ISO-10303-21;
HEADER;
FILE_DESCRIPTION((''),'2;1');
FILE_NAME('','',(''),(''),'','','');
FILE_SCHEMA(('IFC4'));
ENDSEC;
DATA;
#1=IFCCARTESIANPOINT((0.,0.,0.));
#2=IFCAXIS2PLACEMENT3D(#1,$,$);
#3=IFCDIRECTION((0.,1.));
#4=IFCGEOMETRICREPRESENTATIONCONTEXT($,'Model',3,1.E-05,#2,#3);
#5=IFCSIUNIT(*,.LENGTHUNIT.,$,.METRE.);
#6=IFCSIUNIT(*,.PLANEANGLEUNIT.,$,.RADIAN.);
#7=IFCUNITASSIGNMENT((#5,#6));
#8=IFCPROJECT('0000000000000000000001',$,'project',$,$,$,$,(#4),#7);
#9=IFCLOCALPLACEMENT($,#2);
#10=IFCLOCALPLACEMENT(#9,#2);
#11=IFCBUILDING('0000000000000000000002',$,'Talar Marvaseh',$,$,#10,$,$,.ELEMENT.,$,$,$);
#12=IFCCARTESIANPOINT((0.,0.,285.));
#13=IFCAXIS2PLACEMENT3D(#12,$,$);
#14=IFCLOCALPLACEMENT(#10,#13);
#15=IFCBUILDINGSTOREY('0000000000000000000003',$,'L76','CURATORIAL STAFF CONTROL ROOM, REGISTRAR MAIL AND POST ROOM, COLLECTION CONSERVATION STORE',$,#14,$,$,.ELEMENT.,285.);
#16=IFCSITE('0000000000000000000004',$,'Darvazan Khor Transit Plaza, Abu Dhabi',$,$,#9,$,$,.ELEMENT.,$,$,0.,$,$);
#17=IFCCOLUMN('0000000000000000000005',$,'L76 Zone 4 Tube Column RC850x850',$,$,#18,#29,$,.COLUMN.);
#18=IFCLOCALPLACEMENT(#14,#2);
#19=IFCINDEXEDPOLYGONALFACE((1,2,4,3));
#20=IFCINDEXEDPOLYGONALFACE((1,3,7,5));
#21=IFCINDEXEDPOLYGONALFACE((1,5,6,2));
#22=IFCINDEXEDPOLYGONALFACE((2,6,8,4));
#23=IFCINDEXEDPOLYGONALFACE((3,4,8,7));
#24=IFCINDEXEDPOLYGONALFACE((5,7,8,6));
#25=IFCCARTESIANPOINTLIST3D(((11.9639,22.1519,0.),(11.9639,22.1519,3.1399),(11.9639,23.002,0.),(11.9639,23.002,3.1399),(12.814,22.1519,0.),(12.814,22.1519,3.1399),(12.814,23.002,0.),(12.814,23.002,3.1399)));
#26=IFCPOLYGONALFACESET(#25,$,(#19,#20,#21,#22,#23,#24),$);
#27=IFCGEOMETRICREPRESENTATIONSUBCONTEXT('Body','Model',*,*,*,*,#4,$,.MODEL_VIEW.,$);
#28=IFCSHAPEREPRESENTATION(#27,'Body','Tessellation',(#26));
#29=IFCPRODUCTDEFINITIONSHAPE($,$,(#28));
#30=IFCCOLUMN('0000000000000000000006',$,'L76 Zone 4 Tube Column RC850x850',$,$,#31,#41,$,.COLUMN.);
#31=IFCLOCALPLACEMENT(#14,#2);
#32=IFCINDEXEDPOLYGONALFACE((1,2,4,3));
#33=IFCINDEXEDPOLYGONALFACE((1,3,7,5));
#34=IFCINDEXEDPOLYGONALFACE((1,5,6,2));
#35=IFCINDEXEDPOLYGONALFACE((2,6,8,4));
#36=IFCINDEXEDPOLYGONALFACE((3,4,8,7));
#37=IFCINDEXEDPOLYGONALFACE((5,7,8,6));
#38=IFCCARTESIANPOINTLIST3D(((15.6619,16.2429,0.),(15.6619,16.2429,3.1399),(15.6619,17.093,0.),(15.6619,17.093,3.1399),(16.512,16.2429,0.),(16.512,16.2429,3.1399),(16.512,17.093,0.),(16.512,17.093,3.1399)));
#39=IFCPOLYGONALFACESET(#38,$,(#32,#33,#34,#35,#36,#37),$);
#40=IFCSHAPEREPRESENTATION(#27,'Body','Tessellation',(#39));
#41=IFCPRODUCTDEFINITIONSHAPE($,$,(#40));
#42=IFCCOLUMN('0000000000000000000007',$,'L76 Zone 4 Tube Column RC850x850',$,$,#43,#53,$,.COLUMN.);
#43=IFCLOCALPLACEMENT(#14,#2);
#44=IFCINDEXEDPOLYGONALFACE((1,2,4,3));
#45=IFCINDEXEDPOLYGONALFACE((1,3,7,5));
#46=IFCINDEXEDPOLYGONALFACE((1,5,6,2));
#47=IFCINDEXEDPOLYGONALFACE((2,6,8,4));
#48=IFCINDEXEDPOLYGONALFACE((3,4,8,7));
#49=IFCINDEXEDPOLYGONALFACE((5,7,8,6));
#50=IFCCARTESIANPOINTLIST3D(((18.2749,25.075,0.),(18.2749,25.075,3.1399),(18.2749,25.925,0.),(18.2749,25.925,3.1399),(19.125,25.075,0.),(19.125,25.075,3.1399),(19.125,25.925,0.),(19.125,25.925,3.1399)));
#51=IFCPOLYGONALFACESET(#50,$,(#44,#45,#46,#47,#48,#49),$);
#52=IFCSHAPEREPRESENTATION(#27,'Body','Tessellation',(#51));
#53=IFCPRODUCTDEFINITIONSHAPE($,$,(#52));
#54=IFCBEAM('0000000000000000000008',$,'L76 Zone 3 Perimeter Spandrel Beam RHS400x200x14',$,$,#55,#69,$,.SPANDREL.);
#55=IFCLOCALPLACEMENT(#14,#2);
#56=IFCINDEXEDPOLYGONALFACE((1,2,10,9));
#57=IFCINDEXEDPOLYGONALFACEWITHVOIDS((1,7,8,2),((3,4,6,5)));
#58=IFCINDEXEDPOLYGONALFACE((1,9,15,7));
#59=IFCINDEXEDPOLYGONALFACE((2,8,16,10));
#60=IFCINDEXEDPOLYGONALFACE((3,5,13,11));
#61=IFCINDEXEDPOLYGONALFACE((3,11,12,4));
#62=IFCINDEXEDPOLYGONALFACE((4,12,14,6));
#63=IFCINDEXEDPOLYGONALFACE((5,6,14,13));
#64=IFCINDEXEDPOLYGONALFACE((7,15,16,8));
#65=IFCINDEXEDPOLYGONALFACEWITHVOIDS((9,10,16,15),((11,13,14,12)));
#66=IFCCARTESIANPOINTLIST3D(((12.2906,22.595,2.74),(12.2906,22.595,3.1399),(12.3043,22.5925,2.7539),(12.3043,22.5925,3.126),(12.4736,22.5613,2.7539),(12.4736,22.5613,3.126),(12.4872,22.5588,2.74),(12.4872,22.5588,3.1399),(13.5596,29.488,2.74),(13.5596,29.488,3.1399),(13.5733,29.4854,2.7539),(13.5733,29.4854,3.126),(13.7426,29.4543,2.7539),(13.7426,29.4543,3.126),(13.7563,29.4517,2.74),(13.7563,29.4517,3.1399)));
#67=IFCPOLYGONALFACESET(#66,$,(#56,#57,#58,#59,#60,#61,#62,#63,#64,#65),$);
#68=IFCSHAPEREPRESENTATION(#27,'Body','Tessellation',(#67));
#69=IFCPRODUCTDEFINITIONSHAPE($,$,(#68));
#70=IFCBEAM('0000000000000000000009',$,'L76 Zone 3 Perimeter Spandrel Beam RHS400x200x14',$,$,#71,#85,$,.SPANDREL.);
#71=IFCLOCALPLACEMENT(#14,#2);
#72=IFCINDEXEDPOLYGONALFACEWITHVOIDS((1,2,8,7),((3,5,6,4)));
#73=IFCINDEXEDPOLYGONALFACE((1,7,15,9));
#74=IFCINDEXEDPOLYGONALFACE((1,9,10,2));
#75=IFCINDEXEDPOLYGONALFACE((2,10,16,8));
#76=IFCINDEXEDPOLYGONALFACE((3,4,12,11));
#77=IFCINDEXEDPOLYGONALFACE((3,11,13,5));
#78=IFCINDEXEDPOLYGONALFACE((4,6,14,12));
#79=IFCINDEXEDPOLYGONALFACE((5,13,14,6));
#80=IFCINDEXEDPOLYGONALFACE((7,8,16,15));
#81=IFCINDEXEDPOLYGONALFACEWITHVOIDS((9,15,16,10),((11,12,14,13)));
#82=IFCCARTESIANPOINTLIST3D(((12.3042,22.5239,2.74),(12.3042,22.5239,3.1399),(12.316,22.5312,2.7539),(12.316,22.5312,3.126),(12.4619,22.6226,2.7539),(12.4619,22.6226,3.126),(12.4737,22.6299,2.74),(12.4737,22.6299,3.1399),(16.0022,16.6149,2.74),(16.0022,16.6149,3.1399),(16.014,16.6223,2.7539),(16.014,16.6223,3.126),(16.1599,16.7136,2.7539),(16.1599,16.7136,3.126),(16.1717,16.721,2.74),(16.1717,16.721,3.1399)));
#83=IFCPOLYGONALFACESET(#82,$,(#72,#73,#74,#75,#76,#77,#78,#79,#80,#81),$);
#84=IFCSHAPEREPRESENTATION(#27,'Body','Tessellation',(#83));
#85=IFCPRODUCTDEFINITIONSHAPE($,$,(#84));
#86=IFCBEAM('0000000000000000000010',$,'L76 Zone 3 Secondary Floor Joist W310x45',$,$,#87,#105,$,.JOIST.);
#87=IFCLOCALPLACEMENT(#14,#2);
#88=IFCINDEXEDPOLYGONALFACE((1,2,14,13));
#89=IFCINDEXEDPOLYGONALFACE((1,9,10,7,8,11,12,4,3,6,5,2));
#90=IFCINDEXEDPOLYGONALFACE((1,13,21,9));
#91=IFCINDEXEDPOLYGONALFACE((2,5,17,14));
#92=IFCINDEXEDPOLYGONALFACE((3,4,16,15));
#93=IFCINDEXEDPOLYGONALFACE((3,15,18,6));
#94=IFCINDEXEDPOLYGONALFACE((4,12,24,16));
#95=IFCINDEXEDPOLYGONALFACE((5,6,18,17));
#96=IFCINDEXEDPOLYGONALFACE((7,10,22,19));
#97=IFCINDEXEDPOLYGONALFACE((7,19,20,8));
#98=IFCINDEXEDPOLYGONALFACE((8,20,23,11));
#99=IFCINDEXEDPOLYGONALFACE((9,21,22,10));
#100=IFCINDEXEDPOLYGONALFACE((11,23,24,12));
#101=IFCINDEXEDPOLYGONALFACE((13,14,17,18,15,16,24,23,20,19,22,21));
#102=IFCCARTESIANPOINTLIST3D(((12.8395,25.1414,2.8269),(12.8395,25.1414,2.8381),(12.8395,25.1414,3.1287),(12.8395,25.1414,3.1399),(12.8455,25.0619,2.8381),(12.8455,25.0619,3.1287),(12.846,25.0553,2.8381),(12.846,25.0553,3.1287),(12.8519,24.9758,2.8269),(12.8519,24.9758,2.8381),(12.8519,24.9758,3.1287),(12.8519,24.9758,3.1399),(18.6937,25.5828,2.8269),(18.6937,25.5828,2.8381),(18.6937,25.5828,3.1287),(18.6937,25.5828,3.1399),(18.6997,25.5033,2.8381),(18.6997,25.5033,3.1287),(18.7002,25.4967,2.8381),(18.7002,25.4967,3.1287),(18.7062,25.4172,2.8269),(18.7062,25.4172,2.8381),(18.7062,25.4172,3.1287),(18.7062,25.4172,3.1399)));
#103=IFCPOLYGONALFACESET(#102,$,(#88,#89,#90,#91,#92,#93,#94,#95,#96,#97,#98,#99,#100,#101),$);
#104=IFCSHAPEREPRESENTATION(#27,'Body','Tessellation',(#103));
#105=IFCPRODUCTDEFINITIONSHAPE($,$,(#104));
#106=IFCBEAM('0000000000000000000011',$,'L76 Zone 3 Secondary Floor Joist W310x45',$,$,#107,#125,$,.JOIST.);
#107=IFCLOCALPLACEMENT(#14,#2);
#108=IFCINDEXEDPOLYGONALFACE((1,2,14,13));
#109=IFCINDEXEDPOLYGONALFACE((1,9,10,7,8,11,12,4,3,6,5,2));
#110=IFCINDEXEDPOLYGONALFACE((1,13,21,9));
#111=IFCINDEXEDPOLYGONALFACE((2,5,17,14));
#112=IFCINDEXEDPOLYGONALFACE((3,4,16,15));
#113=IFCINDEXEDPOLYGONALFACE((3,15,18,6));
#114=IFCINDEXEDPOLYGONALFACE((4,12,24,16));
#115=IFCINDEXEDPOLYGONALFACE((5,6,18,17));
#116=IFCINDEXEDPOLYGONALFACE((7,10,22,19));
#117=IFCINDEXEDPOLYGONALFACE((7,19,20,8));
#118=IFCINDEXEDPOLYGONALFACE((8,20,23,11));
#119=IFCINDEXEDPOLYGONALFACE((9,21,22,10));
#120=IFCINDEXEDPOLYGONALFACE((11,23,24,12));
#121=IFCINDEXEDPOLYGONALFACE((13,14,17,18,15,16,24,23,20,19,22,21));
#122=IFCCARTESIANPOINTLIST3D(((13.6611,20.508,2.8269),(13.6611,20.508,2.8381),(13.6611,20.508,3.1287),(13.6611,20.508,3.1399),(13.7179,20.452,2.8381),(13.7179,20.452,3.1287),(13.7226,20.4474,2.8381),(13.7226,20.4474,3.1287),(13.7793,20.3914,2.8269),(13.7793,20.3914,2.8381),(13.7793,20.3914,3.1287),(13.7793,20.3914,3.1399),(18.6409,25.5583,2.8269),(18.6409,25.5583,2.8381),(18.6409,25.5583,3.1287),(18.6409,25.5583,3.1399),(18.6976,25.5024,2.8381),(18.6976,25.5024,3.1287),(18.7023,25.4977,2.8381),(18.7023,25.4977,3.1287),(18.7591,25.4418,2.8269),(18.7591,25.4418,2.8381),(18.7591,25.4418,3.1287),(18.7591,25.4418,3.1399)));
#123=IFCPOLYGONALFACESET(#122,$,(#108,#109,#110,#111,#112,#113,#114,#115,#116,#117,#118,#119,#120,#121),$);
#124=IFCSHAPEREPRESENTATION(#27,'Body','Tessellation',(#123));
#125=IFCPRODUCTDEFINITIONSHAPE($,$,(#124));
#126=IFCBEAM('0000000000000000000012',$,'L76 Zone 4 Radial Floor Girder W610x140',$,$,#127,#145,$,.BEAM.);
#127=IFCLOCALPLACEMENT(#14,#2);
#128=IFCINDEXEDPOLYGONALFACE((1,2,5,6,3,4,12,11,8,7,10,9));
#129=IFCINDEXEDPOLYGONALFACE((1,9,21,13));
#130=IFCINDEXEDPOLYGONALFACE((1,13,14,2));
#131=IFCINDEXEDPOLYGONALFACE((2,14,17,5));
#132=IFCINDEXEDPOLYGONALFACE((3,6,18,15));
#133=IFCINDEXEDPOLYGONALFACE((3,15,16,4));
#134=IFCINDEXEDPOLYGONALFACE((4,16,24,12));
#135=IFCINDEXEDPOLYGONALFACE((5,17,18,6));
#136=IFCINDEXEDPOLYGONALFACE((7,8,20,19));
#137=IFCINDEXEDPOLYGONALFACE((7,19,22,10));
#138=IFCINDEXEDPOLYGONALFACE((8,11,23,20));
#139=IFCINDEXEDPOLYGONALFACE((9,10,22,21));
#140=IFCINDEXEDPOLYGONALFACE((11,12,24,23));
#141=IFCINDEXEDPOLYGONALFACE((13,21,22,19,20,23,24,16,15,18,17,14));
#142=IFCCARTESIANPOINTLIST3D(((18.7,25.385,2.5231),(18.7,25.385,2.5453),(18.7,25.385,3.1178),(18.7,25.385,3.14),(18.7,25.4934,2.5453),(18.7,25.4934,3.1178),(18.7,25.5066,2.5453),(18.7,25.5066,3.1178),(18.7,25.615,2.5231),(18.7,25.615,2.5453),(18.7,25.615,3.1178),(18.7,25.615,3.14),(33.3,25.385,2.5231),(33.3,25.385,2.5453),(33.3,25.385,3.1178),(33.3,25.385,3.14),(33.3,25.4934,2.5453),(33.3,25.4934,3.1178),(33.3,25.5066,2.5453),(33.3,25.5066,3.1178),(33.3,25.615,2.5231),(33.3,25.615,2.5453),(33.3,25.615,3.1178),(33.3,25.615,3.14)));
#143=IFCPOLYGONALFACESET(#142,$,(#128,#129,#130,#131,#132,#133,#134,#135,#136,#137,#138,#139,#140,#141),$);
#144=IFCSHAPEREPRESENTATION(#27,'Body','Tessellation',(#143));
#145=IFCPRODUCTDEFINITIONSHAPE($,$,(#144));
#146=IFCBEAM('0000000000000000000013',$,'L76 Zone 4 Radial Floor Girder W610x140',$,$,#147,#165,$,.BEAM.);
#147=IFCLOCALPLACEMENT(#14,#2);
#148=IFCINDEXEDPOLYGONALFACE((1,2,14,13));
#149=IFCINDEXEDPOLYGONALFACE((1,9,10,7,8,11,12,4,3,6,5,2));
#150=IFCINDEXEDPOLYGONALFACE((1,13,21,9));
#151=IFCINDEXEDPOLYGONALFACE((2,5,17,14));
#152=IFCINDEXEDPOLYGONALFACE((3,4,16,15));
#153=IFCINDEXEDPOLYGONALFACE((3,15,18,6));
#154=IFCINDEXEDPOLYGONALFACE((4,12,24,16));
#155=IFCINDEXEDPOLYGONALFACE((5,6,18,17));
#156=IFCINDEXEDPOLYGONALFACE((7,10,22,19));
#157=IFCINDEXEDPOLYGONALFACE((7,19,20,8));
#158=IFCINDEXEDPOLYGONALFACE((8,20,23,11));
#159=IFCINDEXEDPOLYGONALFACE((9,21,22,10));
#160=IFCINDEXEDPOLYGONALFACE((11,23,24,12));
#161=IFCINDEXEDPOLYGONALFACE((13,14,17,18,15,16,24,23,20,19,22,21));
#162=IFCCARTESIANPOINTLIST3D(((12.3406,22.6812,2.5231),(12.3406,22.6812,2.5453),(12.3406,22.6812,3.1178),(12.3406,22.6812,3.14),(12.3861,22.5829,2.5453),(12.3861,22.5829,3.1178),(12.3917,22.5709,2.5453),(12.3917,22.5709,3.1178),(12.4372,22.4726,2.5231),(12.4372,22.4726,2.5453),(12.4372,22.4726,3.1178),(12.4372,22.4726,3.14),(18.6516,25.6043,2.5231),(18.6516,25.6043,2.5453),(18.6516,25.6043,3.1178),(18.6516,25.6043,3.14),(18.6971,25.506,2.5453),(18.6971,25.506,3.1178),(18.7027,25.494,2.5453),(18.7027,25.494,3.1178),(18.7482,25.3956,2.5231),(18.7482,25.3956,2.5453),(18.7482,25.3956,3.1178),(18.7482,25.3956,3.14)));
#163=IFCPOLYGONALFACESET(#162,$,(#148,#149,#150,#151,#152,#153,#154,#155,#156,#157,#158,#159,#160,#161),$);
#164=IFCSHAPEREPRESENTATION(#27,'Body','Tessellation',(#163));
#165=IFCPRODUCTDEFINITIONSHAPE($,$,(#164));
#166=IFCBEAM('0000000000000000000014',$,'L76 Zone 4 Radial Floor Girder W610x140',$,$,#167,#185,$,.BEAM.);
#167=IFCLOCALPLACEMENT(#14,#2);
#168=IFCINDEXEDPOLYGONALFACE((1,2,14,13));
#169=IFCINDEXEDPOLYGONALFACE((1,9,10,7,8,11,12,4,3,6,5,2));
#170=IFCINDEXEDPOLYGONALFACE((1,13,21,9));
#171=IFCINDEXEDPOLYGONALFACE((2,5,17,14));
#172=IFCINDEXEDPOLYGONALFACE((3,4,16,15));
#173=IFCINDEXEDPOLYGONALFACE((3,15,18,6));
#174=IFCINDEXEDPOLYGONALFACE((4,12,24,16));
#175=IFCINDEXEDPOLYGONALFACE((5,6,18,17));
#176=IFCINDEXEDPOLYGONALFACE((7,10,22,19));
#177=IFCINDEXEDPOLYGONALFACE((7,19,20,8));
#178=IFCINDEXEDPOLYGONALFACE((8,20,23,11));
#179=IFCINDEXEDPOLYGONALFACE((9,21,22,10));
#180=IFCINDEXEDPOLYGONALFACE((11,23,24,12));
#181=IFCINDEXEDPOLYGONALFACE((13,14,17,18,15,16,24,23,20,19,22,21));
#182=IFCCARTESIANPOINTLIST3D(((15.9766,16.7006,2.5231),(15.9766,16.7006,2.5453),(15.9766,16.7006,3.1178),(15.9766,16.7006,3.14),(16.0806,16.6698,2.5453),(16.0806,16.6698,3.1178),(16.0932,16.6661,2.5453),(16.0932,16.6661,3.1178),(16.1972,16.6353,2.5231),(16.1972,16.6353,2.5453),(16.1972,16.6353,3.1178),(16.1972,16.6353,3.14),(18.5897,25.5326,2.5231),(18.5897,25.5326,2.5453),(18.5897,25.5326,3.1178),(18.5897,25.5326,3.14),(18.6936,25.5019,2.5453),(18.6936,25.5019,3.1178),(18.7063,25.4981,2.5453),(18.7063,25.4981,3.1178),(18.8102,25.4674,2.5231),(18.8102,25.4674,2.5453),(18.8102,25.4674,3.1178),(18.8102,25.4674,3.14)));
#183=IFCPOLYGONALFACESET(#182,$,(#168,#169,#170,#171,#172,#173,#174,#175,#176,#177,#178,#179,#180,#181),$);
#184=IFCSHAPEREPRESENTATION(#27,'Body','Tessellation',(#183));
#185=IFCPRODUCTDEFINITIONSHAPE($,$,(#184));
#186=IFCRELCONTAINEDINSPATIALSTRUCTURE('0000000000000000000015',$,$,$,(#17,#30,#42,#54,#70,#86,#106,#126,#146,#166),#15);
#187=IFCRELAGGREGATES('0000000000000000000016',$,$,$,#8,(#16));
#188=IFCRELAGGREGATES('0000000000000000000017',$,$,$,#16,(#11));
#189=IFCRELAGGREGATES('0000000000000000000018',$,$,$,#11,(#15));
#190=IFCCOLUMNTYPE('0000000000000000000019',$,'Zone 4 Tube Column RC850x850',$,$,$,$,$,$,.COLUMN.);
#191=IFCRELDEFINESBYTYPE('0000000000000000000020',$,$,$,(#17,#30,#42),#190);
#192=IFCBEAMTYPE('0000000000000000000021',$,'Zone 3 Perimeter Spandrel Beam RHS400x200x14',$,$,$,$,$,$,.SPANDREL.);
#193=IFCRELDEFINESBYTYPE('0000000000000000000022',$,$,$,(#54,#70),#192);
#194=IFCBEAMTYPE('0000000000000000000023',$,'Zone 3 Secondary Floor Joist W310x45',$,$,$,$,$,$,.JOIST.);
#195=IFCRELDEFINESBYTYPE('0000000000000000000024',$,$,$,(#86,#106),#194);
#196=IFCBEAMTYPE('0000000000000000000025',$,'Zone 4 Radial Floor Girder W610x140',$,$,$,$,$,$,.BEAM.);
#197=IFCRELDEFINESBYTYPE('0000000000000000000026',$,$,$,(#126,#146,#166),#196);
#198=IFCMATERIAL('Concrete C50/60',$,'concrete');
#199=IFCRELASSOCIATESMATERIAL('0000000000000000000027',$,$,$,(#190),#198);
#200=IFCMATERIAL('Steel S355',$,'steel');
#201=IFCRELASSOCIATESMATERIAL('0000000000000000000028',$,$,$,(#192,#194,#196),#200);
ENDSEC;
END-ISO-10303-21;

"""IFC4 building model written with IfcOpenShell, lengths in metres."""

from ifc_helpers import new_model, si_unit, direction, frame, origin, origin_2d, place, context, subcontext, project, spatial, rectangle, hollow_rectangle, i_section, extrude, material, material_profile, profile_set, type_object, element, save


model = new_model("IFC4")

# Units and contexts
model_context = context("Model", 3, precision=1e-05, world=origin(), true_north=direction((0.0, 1.0)))
body_context = subcontext(model_context, "Body", "Model", "MODEL_VIEW")
ifc_project = project(units=[si_unit("LENGTHUNIT", "METRE"), si_unit("PLANEANGLEUNIT", "RADIAN")], contexts=[model_context])

# Site, building, storey
site_placement = place(None, origin())
site = spatial("IfcSite", under=ifc_project, at=site_placement, Name="Darvazan Khor Transit Plaza, Abu Dhabi", CompositionType="ELEMENT", RefElevation=0.0)
building_placement = place(site_placement, origin())
building = spatial("IfcBuilding", under=site, at=building_placement, Name="Talar Marvaseh", CompositionType="ELEMENT")
storey_placement = place(building_placement, frame((0.0, 0.0, 285.0)))
storey = spatial("IfcBuildingStorey", under=building, at=storey_placement, Name="L76", Description="CURATORIAL STAFF CONTROL ROOM, REGISTRAR MAIL AND POST ROOM, COLLECTION CONSERVATION STORE", CompositionType="ELEMENT", Elevation=285.0)

# Columns
ifc_material_1 = material(Name="Concrete C50/60", Category="concrete")
ifc_material_profile_1 = material_profile(ifc_material_1, rectangle(XDim=0.8501, YDim=0.8501, at=origin_2d()), Name="RC850x850")
ifc_profile_set_1 = profile_set([ifc_material_profile_1], Name="Concrete C50/60")
column_type = type_object("IfcColumnType", Name="Zone 4 Tube Column RC850x850", PredefinedType="COLUMN", material=ifc_profile_set_1)
for number, where, z_axis, x_axis, name in (
    (1, (12.3889, 22.5769, 0.0), (0.0, 0.0, 1.0), (1.0, 0.0, 0.0), "L76 Zone 4 Tube Column RC850x850"),
    (2, (16.0869, 16.668, 0.0), (0.0, 0.0, 1.0), (1.0, 0.0, 0.0), "L76 Zone 4 Tube Column RC850x850"),
    (3, (18.7, 25.5, 0.0), (0.0, 0.0, 1.0), (1.0, 0.0, 0.0), "L76 Zone 4 Tube Column RC850x850"),
):
    element("IfcColumn", number, at=place(storey_placement, frame(where, z_axis=z_axis, x_axis=x_axis)), inside=storey, type_object=column_type, Name=name, PredefinedType="COLUMN", context=body_context, shape_type="SweptSolid", body=[
        extrude(rectangle(XDim=0.8501, YDim=0.8501, at=origin_2d()), origin(), (0.0, 0.0, 1.0), 3.1399),
    ])

# Beams
ifc_material_2 = material(Name="Steel S355", Category="steel")
ifc_material_profile_2 = material_profile(ifc_material_2, hollow_rectangle(XDim=0.2, YDim=0.3999, WallThickness=0.0139, at=origin_2d()), Name="RHS400x200x14")
ifc_profile_set_2 = profile_set([ifc_material_profile_2], Name="Steel S355")
beam_type_1 = type_object("IfcBeamType", Name="Zone 3 Perimeter Spandrel Beam RHS400x200x14", PredefinedType="SPANDREL", material=ifc_profile_set_2)
beam_1_placement = place(storey_placement, frame((12.3889, 22.5769, 2.9399), z_axis=(0.181061, 0.983472, 0.0), x_axis=(-0.983472, 0.181061, 0.0)))
element("IfcBeam", 4, at=beam_1_placement, inside=storey, type_object=beam_type_1, Name="L76 Zone 3 Perimeter Spandrel Beam RHS400x200x14", PredefinedType="SPANDREL", context=body_context, shape_type="SweptSolid", body=[
    extrude(hollow_rectangle(XDim=0.2, YDim=0.3999, WallThickness=0.0139, at=origin_2d()), origin(), (0.0, 0.0, 1.0), 7.0088),
])
beam_2_placement = place(storey_placement, frame((16.0869, 16.668, 2.9399), z_axis=(-0.530506, 0.847681, 0.0), x_axis=(-0.847681, -0.530506, 0.0)))
element("IfcBeam", 5, at=beam_2_placement, inside=storey, type_object=beam_type_1, Name="L76 Zone 3 Perimeter Spandrel Beam RHS400x200x14", PredefinedType="SPANDREL", context=body_context, shape_type="SweptSolid", body=[
    extrude(hollow_rectangle(XDim=0.2, YDim=0.3999, WallThickness=0.0139, at=origin_2d()), origin(), (0.0, 0.0, 1.0), 6.9707),
])
ifc_material_profile_3 = material_profile(ifc_material_2, i_section(OverallWidth=0.166, OverallDepth=0.313, WebThickness=0.0066, FlangeThickness=0.0112, at=origin_2d()), Name="W310x45")
ifc_profile_set_3 = profile_set([ifc_material_profile_3], Name="Steel S355")
beam_type_2 = type_object("IfcBeamType", Name="Zone 3 Secondary Floor Joist W310x45", PredefinedType="JOIST", material=ifc_profile_set_3)
beam_3_placement = place(storey_placement, frame((12.8457, 25.0586, 2.9834), z_axis=(0.99717, 0.075186, 0.0), x_axis=(-0.075186, 0.99717, 0.0)))
element("IfcBeam", 6, at=beam_3_placement, inside=storey, type_object=beam_type_2, Name="L76 Zone 3 Secondary Floor Joist W310x45", PredefinedType="JOIST", context=body_context, shape_type="SweptSolid", body=[
    extrude(i_section(OverallWidth=0.166, OverallDepth=0.313, WebThickness=0.0066, FlangeThickness=0.0112, at=origin_2d()), origin(), (0.0, 0.0, 1.0), 5.8708),
])
beam_4_placement = place(storey_placement, frame((13.7202, 20.4497, 2.9834), z_axis=(0.702115, 0.712063, 0.0), x_axis=(-0.712063, 0.702115, 0.0)))
element("IfcBeam", 7, at=beam_4_placement, inside=storey, type_object=beam_type_2, Name="L76 Zone 3 Secondary Floor Joist W310x45", PredefinedType="JOIST", context=body_context, shape_type="SweptSolid", body=[
    extrude(i_section(OverallWidth=0.166, OverallDepth=0.313, WebThickness=0.0066, FlangeThickness=0.0112, at=origin_2d()), origin(), (0.0, 0.0, 1.0), 7.0925),
])
ifc_material_profile_4 = material_profile(ifc_material_2, i_section(OverallWidth=0.23, OverallDepth=0.6169, WebThickness=0.0132, FlangeThickness=0.0222, at=origin_2d()), Name="W610x140")
ifc_profile_set_4 = profile_set([ifc_material_profile_4], Name="Steel S355")
beam_type_3 = type_object("IfcBeamType", Name="Zone 4 Radial Floor Girder W610x140", PredefinedType="BEAM", material=ifc_profile_set_4)
beam_5_placement = place(storey_placement, frame((18.7, 25.5, 2.8315), z_axis=(1.0, 0.0, 0.0), x_axis=(0.0, 1.0, 0.0)))
element("IfcBeam", 8, at=beam_5_placement, inside=storey, type_object=beam_type_3, Name="L76 Zone 4 Radial Floor Girder W610x140", PredefinedType="BEAM", context=body_context, shape_type="SweptSolid", body=[
    extrude(i_section(OverallWidth=0.23, OverallDepth=0.6169, WebThickness=0.0132, FlangeThickness=0.0222, at=origin_2d()), origin(), (0.0, 0.0, 1.0), 14.6001),
])
beam_6_placement = place(storey_placement, frame((12.3889, 22.5769, 2.8315), z_axis=(0.907395, 0.42028, 0.0), x_axis=(-0.42028, 0.907395, 0.0)))
element("IfcBeam", 9, at=beam_6_placement, inside=storey, type_object=beam_type_3, Name="L76 Zone 4 Radial Floor Girder W610x140", PredefinedType="BEAM", context=body_context, shape_type="SweptSolid", body=[
    extrude(i_section(OverallWidth=0.23, OverallDepth=0.6169, WebThickness=0.0132, FlangeThickness=0.0222, at=origin_2d()), origin(), (0.0, 0.0, 1.0), 6.9551),
])
beam_7_placement = place(storey_placement, frame((16.0869, 16.668, 2.8315), z_axis=(0.283703, 0.958912, 0.0), x_axis=(-0.958912, 0.283703, 0.0)))
element("IfcBeam", 10, at=beam_7_placement, inside=storey, type_object=beam_type_3, Name="L76 Zone 4 Radial Floor Girder W610x140", PredefinedType="BEAM", context=body_context, shape_type="SweptSolid", body=[
    extrude(i_section(OverallWidth=0.23, OverallDepth=0.6169, WebThickness=0.0132, FlangeThickness=0.0222, at=origin_2d()), origin(), (0.0, 0.0, 1.0), 9.2104),
])

save(model, "model.ifc")
